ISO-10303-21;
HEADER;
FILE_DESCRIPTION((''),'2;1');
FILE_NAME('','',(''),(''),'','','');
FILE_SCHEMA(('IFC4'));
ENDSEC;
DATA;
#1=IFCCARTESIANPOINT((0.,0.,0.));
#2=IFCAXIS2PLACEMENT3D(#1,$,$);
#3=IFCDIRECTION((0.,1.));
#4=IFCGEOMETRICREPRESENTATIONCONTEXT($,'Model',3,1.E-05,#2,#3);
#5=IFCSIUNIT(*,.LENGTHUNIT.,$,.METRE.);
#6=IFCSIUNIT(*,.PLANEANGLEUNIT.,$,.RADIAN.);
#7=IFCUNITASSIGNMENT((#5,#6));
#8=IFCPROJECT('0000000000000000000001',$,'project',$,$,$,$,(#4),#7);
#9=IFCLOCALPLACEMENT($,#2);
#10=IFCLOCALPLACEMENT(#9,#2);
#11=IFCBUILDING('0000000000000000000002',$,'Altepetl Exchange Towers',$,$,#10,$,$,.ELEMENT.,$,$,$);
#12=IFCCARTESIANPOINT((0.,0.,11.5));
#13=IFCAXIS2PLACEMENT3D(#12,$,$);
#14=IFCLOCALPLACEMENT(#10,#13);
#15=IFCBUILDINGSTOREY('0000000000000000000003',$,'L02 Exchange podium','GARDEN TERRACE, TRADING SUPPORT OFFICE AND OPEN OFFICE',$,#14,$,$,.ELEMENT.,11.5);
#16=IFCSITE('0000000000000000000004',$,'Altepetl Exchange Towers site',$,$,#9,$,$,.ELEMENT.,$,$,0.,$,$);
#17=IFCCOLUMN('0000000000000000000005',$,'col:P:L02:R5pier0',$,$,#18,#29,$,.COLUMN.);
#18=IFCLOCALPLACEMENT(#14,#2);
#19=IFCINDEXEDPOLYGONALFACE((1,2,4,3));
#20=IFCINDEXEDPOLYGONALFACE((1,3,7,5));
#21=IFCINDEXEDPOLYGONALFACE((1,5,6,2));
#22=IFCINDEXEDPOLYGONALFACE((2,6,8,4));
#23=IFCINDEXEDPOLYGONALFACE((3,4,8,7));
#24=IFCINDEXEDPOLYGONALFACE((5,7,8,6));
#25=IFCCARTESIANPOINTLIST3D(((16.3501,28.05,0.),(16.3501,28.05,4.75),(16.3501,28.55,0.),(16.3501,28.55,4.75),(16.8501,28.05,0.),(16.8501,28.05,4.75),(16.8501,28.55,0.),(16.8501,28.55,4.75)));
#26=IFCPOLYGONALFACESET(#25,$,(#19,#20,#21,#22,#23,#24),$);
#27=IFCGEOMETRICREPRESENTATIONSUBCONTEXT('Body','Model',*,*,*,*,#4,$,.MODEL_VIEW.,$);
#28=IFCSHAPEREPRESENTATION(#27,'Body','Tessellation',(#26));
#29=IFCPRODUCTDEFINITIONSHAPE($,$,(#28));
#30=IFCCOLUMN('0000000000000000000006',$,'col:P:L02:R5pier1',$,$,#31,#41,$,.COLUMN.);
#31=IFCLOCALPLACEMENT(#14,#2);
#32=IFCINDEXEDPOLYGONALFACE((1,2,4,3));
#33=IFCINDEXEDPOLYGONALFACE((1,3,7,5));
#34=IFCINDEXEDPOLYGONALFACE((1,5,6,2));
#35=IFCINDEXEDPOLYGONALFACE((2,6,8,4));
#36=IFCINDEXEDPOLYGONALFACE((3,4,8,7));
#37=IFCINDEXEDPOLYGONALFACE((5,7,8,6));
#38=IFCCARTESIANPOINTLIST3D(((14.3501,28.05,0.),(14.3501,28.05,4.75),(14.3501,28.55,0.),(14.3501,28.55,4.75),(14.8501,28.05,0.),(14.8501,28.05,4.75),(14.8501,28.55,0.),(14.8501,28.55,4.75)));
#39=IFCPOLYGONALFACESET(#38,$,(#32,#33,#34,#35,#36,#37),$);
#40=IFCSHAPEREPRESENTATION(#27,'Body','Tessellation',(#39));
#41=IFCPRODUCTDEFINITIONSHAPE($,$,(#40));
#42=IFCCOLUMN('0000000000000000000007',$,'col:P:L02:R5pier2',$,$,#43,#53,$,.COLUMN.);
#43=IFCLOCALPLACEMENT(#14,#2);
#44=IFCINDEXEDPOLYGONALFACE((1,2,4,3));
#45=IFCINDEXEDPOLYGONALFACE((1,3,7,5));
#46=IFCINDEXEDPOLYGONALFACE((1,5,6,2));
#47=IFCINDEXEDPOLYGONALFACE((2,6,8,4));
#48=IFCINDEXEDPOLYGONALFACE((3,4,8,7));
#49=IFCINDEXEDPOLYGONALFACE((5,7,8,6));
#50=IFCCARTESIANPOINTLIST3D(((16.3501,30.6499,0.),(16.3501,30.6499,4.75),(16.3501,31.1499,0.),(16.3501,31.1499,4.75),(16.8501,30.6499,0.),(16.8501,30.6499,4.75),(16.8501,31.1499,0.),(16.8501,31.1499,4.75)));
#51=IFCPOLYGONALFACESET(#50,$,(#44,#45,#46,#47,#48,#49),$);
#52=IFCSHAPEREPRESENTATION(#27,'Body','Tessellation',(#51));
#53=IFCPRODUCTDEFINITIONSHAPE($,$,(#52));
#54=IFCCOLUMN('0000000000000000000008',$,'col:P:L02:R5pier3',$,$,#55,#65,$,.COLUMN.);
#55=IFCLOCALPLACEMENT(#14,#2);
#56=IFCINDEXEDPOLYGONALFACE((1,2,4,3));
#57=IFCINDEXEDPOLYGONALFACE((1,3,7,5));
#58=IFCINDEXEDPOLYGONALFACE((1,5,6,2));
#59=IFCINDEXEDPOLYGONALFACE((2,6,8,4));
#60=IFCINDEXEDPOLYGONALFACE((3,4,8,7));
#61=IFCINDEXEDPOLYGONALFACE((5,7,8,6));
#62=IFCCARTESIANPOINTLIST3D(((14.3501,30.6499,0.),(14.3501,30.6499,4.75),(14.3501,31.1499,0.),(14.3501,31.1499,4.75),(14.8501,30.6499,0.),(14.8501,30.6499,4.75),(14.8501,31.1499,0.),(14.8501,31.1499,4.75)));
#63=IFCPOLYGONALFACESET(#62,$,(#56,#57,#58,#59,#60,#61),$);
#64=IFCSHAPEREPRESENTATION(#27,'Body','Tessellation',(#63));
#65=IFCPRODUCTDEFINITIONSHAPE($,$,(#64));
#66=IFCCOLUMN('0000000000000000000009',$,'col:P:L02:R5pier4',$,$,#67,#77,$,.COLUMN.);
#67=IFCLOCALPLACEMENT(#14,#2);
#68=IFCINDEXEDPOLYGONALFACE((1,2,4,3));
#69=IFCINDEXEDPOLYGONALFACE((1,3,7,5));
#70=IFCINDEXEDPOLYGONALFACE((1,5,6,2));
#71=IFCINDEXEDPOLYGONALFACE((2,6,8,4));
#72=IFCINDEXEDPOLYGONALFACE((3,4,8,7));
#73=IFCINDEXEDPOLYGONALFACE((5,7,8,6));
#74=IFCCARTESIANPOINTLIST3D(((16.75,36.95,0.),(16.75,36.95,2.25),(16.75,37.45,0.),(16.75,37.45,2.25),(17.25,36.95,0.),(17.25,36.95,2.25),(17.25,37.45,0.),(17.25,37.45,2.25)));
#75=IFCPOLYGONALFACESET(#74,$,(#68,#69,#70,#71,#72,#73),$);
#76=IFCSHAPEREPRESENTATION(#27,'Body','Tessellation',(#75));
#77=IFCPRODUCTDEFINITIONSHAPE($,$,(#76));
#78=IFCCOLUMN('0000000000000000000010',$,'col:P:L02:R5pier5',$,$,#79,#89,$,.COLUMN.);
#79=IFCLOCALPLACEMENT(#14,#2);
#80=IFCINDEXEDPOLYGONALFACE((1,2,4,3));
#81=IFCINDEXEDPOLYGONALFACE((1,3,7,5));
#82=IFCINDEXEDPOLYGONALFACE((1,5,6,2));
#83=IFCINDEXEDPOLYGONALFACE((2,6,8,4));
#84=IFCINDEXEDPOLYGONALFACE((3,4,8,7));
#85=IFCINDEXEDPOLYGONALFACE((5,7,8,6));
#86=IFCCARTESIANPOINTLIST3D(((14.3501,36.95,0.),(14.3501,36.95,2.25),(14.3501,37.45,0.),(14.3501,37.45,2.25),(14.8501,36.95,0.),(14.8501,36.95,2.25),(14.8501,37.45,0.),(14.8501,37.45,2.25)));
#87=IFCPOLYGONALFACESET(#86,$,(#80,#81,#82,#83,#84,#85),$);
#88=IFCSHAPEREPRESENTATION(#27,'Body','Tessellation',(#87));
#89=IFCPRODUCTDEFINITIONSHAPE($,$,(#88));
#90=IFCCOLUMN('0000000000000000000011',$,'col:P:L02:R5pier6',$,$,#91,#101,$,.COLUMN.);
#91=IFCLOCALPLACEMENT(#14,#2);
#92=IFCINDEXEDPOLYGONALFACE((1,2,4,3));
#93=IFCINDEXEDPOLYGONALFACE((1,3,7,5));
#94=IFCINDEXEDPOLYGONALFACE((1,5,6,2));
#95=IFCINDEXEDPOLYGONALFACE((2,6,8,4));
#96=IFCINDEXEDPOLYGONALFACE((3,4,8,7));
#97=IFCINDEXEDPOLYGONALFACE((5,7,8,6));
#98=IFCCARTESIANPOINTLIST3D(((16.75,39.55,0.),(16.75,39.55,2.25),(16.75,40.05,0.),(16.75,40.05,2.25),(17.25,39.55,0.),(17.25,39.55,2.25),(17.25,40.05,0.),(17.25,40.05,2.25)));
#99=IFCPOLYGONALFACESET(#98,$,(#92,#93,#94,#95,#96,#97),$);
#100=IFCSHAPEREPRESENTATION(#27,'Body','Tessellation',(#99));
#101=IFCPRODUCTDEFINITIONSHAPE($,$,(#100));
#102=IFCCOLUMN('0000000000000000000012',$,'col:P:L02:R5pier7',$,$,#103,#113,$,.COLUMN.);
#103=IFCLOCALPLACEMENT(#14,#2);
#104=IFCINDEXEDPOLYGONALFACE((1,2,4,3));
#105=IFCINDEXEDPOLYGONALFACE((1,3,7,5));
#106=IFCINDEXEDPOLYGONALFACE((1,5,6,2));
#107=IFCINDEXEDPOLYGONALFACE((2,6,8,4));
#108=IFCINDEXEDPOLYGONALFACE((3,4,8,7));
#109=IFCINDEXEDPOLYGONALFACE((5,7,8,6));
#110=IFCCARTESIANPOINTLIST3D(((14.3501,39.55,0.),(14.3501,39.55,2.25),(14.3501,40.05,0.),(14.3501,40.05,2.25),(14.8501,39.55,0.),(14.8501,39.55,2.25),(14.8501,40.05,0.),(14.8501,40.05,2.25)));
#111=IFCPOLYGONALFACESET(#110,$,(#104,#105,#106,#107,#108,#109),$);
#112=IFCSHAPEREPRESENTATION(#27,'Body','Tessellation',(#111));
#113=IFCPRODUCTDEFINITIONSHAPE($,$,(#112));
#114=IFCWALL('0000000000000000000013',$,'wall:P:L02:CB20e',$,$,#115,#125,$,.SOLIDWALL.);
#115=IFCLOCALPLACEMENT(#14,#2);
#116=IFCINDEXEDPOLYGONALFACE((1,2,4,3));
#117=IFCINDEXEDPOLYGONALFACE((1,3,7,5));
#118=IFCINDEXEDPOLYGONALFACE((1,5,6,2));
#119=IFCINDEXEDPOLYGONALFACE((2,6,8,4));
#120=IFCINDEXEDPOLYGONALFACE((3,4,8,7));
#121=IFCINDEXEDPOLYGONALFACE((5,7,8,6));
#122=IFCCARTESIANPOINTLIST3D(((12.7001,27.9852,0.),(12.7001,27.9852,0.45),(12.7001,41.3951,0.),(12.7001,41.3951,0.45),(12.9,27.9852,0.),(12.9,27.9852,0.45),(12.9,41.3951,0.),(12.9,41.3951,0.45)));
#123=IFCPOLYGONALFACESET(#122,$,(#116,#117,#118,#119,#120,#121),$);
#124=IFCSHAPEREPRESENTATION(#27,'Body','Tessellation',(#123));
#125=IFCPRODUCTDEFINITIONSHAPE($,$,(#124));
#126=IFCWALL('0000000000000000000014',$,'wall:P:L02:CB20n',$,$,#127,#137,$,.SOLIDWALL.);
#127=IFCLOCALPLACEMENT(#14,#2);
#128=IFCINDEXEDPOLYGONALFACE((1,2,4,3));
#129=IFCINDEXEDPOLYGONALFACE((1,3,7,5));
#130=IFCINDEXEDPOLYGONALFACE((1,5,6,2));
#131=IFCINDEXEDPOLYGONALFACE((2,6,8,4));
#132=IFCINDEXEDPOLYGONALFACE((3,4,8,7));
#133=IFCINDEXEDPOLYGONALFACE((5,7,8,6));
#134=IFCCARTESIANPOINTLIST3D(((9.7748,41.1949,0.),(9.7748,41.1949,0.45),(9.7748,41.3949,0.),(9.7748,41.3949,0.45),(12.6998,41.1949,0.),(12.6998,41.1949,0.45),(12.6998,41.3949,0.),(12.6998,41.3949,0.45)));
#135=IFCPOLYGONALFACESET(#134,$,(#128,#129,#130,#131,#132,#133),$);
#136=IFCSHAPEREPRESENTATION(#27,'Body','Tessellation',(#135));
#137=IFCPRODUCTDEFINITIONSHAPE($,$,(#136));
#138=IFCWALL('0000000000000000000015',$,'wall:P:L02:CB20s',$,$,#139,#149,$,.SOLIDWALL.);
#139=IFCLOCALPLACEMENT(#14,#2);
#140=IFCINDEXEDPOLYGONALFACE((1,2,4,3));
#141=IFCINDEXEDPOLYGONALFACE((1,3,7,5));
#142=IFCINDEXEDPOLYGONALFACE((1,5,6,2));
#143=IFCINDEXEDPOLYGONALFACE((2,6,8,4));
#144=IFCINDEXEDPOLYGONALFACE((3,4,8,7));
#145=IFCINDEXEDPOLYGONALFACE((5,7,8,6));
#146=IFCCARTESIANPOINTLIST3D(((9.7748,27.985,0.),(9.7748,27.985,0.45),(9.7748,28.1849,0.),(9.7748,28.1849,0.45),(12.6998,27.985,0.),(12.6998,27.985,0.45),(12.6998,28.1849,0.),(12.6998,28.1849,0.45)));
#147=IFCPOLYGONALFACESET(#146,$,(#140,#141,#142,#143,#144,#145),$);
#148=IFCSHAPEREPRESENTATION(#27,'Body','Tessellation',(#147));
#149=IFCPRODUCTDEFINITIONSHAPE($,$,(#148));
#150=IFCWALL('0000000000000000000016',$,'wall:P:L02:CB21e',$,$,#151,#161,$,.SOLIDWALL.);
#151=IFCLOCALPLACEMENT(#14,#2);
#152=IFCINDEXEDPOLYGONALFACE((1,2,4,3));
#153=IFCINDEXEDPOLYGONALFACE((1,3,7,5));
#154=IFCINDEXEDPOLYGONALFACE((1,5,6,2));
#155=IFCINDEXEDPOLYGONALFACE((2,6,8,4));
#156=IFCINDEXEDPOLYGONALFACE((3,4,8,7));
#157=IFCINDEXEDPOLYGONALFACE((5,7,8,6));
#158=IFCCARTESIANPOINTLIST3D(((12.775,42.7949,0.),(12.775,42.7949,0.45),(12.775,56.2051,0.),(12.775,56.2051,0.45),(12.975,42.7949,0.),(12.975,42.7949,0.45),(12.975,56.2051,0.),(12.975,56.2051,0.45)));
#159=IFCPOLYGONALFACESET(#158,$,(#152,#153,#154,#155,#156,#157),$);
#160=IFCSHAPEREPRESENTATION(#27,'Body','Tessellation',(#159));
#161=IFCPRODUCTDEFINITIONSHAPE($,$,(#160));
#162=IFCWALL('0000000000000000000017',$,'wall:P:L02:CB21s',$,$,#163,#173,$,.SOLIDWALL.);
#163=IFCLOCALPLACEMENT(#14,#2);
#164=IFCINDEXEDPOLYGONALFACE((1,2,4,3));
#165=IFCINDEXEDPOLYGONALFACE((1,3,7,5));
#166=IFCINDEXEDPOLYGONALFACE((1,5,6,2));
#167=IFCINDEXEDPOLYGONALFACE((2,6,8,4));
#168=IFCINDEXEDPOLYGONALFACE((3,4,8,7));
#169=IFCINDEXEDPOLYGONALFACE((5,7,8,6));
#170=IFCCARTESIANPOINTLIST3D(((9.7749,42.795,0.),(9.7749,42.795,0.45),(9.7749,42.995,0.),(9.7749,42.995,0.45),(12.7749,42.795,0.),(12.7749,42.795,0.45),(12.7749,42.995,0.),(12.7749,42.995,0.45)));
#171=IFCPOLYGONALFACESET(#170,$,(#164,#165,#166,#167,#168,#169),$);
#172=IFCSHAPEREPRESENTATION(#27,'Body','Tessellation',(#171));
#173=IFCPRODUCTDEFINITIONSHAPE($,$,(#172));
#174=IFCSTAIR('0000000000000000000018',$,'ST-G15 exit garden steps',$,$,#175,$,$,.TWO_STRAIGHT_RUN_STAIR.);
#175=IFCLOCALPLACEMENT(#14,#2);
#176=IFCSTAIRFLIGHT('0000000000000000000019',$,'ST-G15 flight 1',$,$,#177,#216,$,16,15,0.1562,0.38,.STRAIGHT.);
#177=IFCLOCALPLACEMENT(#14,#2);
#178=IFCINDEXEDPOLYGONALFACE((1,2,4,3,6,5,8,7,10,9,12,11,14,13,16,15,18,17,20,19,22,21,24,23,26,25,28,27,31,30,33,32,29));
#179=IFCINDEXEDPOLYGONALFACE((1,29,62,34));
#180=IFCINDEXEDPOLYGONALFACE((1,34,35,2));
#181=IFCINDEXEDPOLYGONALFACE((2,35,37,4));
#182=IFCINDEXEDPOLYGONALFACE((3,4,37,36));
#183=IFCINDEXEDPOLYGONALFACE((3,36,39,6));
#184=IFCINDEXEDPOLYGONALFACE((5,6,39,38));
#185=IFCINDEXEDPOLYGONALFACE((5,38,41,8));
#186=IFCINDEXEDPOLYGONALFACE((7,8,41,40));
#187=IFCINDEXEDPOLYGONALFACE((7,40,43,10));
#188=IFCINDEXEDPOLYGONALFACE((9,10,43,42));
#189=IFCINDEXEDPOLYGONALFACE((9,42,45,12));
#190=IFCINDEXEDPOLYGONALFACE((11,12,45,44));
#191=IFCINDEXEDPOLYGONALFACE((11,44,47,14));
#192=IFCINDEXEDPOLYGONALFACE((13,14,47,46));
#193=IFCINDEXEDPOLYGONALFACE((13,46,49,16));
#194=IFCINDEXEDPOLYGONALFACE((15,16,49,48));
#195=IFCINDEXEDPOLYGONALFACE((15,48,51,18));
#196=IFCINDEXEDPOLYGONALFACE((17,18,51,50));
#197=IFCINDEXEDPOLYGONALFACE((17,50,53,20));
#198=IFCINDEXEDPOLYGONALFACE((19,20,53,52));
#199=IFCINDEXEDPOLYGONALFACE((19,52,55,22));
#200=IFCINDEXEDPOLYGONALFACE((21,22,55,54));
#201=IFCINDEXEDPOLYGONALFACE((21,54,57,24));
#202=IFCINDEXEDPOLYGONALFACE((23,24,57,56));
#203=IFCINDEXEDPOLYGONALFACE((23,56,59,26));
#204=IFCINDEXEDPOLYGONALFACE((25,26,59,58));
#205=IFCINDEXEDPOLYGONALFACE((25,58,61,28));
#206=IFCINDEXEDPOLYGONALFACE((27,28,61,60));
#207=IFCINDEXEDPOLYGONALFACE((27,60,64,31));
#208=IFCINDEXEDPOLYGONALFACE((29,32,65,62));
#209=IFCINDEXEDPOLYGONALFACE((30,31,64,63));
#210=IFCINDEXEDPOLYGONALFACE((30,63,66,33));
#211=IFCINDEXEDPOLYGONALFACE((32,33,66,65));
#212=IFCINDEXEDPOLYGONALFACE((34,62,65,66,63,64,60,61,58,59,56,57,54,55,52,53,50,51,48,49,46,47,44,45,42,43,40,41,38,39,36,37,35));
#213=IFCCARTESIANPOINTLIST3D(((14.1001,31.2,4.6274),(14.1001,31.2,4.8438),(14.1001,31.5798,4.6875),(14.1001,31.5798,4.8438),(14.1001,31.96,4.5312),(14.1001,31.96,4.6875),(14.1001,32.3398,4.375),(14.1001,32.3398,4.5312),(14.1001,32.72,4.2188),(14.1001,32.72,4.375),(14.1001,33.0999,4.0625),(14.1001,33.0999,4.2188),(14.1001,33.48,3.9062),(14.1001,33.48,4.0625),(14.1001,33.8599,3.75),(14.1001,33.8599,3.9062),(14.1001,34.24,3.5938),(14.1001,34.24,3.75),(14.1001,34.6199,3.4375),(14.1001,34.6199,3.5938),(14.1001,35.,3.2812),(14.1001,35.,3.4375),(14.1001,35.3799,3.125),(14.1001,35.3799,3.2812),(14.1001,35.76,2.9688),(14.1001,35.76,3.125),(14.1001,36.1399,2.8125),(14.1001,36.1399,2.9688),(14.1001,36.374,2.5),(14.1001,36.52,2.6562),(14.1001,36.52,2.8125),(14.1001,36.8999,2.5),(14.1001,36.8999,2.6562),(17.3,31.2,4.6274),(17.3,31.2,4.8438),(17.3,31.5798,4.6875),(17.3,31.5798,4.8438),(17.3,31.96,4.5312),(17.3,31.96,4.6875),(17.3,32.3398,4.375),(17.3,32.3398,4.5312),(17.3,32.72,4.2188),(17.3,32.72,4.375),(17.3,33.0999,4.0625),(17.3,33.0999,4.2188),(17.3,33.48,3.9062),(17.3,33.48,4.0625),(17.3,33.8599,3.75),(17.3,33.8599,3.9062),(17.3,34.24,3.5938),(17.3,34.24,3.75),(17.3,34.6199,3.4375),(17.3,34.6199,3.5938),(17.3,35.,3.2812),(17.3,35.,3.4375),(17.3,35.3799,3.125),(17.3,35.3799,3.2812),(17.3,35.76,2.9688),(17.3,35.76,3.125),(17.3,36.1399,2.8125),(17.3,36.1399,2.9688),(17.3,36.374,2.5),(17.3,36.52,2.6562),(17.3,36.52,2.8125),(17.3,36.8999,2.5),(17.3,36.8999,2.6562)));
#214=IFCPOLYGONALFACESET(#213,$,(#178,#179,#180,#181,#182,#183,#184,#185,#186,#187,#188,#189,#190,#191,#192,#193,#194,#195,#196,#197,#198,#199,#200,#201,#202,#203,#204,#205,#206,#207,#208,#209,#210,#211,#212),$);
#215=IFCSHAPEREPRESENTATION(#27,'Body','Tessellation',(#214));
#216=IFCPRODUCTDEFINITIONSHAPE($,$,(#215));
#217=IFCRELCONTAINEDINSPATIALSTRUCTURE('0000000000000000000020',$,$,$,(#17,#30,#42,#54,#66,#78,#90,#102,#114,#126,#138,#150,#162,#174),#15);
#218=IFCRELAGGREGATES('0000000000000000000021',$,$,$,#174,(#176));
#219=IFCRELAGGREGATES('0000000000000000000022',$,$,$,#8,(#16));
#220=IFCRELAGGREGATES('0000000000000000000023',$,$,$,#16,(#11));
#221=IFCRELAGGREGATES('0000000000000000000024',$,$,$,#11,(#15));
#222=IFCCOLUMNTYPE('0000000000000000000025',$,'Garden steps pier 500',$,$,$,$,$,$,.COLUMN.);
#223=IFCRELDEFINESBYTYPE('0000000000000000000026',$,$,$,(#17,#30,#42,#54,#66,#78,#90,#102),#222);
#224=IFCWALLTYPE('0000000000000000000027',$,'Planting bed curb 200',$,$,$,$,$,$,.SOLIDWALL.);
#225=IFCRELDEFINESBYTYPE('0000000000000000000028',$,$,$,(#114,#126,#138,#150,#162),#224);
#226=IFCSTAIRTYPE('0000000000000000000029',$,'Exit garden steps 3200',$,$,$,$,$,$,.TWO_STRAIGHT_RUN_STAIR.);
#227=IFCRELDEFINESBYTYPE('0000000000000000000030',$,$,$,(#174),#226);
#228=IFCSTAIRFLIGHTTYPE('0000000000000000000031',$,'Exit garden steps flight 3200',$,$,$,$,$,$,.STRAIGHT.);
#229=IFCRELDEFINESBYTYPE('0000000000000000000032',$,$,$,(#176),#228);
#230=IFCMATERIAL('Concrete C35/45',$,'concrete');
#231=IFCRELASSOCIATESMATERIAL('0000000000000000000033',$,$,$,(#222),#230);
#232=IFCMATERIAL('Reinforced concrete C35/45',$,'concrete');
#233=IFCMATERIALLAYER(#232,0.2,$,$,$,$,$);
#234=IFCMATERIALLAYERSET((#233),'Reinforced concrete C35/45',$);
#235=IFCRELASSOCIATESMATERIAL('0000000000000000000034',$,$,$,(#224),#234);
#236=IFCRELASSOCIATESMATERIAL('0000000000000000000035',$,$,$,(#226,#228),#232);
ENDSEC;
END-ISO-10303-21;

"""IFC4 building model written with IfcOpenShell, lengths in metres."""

from ifc_helpers import new_model, si_unit, direction, frame, frame_2d, origin, origin_2d, place, context, subcontext, project, spatial, polyline, rectangle, outline, extrude, material, layer, layer_set, material_profile, profile_set, type_object, element, aggregate, save


model = new_model("IFC4")

# Units and contexts
model_context = context("Model", 3, precision=1e-05, world=origin(), true_north=direction((0.0, 1.0)))
body_context = subcontext(model_context, "Body", "Model", "MODEL_VIEW")
ifc_project = project(units=[si_unit("LENGTHUNIT", "METRE"), si_unit("PLANEANGLEUNIT", "RADIAN")], contexts=[model_context])

# Site, building, storey
site_placement = place(None, origin())
site = spatial("IfcSite", under=ifc_project, at=site_placement, Name="Altepetl Exchange Towers site", CompositionType="ELEMENT", RefElevation=0.0)
building_placement = place(site_placement, origin())
building = spatial("IfcBuilding", under=site, at=building_placement, Name="Altepetl Exchange Towers", CompositionType="ELEMENT")
storey_placement = place(building_placement, frame((0.0, 0.0, 11.5)))
storey = spatial("IfcBuildingStorey", under=building, at=storey_placement, Name="L02 Exchange podium", Description="GARDEN TERRACE, TRADING SUPPORT OFFICE AND OPEN OFFICE", CompositionType="ELEMENT", Elevation=11.5)

# Columns
ifc_material_1 = material(Name="Concrete C35/45", Category="concrete")
ifc_material_profile = material_profile(ifc_material_1, rectangle(XDim=0.5, YDim=0.5, at=origin_2d()), Name="500 x 500")
ifc_profile_set = profile_set([ifc_material_profile], Name="Concrete C35/45")
column_type = type_object("IfcColumnType", Name="Garden steps pier 500", PredefinedType="COLUMN", material=ifc_profile_set)
for number, where, name in (
    (1, (16.6001, 28.3, 0.0), "col:P:L02:R5pier0"),
    (2, (14.6001, 28.3, 0.0), "col:P:L02:R5pier1"),
    (3, (16.6001, 30.8999, 0.0), "col:P:L02:R5pier2"),
    (4, (14.6001, 30.8999, 0.0), "col:P:L02:R5pier3"),
):
    element("IfcColumn", number, at=place(storey_placement, frame(where)), inside=storey, type_object=column_type, Name=name, PredefinedType="COLUMN", context=body_context, shape_type="SweptSolid", body=[
        extrude(rectangle(XDim=0.5, YDim=0.5, at=origin_2d()), origin(), (0.0, 0.0, 1.0), 4.75),
    ])
for number, where, name in (
    (5, (17.0, 37.2, 0.0), "col:P:L02:R5pier4"),
    (6, (14.6001, 37.2, 0.0), "col:P:L02:R5pier5"),
    (7, (17.0, 39.8, 0.0), "col:P:L02:R5pier6"),
    (8, (14.6001, 39.8, 0.0), "col:P:L02:R5pier7"),
):
    element("IfcColumn", number, at=place(storey_placement, frame(where)), inside=storey, type_object=column_type, Name=name, PredefinedType="COLUMN", context=body_context, shape_type="SweptSolid", body=[
        extrude(rectangle(XDim=0.5, YDim=0.5, at=origin_2d()), origin(), (0.0, 0.0, 1.0), 2.25),
    ])

# Walls
ifc_material_2 = material(Name="Reinforced concrete C35/45", Category="concrete")
ifc_layer = layer(ifc_material_2, 0.2)
ifc_layer_set = layer_set([ifc_layer], Name="Reinforced concrete C35/45")
wall_type = type_object("IfcWallType", Name="Planting bed curb 200", PredefinedType="SOLIDWALL", material=ifc_layer_set)
wall_1_placement = place(storey_placement, frame((12.8, 27.9851, 0.0), z_axis=(0.0, 0.0, 1.0), x_axis=(0.0, 1.0, 0.0)))
element("IfcWall", 9, at=wall_1_placement, inside=storey, type_object=wall_type, Name="wall:P:L02:CB20e", PredefinedType="SOLIDWALL", context=body_context, shape_type="SweptSolid", body=[
    extrude(rectangle(XDim=13.4099, YDim=0.2, at=frame_2d((6.7051, 0.0))), origin(), (0.0, 0.0, 1.0), 0.45),
])
for number, where, name in (
    (10, (9.7749, 41.2949, 0.0), "wall:P:L02:CB20n"),
    (11, (9.7749, 28.085, 0.0), "wall:P:L02:CB20s"),
):
    element("IfcWall", number, at=place(storey_placement, frame(where)), inside=storey, type_object=wall_type, Name=name, PredefinedType="SOLIDWALL", context=body_context, shape_type="SweptSolid", body=[
        extrude(rectangle(XDim=2.925, YDim=0.2, at=frame_2d((1.4624, 0.0))), origin(), (0.0, 0.0, 1.0), 0.45),
    ])
wall_2_placement = place(storey_placement, frame((12.875, 42.7949, 0.0), z_axis=(0.0, 0.0, 1.0), x_axis=(0.0, 1.0, 0.0)))
element("IfcWall", 12, at=wall_2_placement, inside=storey, type_object=wall_type, Name="wall:P:L02:CB21e", PredefinedType="SOLIDWALL", context=body_context, shape_type="SweptSolid", body=[
    extrude(rectangle(XDim=13.4102, YDim=0.2, at=frame_2d((6.7051, 0.0))), origin(), (0.0, 0.0, 1.0), 0.45),
])
wall_3_placement = place(storey_placement, frame((9.7749, 42.895, 0.0)))
element("IfcWall", 13, at=wall_3_placement, inside=storey, type_object=wall_type, Name="wall:P:L02:CB21s", PredefinedType="SOLIDWALL", context=body_context, shape_type="SweptSolid", body=[
    extrude(rectangle(XDim=3.0, YDim=0.2, at=frame_2d((1.5, 0.0))), origin(), (0.0, 0.0, 1.0), 0.45),
])

# Stair, stair flight
stair_type = type_object("IfcStairType", Name="Exit garden steps 3200", PredefinedType="TWO_STRAIGHT_RUN_STAIR", material=ifc_material_2)
stair_placement = place(storey_placement, origin())
stair = element("IfcStair", 14, at=stair_placement, inside=storey, type_object=stair_type, Name="ST-G15 exit garden steps", PredefinedType="TWO_STRAIGHT_RUN_STAIR")
stair_flight_type = type_object("IfcStairFlightType", Name="Exit garden steps flight 3200", PredefinedType="STRAIGHT", material=ifc_material_2)
stair_flight_placement = place(storey_placement, frame((15.7, 36.8999, 2.5), z_axis=(0.0, 0.0, 1.0), x_axis=(0.0, -1.0, 0.0)))
stair_flight = element("IfcStairFlight", 15, at=stair_flight_placement, type_object=stair_flight_type, Name="ST-G15 flight 1", NumberOfRisers=16, NumberOfTreads=15, PredefinedType="STRAIGHT", RiserHeight=0.1562, TreadLength=0.38, context=body_context, shape_type="SweptSolid", body=[
    extrude(outline(polyline([(0.0, 0.0), (0.0, 0.1562), (0.3799, 0.1562), (0.3799, 0.3125), (0.76, 0.3125), (0.76, 0.4688), (1.1399, 0.4688), (1.1399, 0.625), (1.52, 0.625), (1.52, 0.7812), (1.8999, 0.7812), (1.8999, 0.9375), (2.28, 0.9375), (2.28, 1.0938), (2.6599, 1.0938), (2.6599, 1.25), (3.04, 1.25), (3.04, 1.4062), (3.4199, 1.4062), (3.4199, 1.5625), (3.8, 1.5625), (3.8, 1.7188), (4.1799, 1.7188), (4.1799, 1.875), (4.5601, 1.875), (4.5601, 2.0312), (4.9399, 2.0312), (4.9399, 2.1875), (5.3201, 2.1875), (5.3201, 2.3438), (5.7, 2.3438), (5.7, 2.5), (5.7, 2.1274), (0.5259, 0.0), (0.0, 0.0)])), frame((0.0, 1.6001, 0.0), z_axis=(0.0, -1.0, 0.0), x_axis=(1.0, 0.0, 0.0)), (0.0, 0.0, 1.0), 3.2),
])
aggregate(stair, [stair_flight])

save(model, "model.ifc")
